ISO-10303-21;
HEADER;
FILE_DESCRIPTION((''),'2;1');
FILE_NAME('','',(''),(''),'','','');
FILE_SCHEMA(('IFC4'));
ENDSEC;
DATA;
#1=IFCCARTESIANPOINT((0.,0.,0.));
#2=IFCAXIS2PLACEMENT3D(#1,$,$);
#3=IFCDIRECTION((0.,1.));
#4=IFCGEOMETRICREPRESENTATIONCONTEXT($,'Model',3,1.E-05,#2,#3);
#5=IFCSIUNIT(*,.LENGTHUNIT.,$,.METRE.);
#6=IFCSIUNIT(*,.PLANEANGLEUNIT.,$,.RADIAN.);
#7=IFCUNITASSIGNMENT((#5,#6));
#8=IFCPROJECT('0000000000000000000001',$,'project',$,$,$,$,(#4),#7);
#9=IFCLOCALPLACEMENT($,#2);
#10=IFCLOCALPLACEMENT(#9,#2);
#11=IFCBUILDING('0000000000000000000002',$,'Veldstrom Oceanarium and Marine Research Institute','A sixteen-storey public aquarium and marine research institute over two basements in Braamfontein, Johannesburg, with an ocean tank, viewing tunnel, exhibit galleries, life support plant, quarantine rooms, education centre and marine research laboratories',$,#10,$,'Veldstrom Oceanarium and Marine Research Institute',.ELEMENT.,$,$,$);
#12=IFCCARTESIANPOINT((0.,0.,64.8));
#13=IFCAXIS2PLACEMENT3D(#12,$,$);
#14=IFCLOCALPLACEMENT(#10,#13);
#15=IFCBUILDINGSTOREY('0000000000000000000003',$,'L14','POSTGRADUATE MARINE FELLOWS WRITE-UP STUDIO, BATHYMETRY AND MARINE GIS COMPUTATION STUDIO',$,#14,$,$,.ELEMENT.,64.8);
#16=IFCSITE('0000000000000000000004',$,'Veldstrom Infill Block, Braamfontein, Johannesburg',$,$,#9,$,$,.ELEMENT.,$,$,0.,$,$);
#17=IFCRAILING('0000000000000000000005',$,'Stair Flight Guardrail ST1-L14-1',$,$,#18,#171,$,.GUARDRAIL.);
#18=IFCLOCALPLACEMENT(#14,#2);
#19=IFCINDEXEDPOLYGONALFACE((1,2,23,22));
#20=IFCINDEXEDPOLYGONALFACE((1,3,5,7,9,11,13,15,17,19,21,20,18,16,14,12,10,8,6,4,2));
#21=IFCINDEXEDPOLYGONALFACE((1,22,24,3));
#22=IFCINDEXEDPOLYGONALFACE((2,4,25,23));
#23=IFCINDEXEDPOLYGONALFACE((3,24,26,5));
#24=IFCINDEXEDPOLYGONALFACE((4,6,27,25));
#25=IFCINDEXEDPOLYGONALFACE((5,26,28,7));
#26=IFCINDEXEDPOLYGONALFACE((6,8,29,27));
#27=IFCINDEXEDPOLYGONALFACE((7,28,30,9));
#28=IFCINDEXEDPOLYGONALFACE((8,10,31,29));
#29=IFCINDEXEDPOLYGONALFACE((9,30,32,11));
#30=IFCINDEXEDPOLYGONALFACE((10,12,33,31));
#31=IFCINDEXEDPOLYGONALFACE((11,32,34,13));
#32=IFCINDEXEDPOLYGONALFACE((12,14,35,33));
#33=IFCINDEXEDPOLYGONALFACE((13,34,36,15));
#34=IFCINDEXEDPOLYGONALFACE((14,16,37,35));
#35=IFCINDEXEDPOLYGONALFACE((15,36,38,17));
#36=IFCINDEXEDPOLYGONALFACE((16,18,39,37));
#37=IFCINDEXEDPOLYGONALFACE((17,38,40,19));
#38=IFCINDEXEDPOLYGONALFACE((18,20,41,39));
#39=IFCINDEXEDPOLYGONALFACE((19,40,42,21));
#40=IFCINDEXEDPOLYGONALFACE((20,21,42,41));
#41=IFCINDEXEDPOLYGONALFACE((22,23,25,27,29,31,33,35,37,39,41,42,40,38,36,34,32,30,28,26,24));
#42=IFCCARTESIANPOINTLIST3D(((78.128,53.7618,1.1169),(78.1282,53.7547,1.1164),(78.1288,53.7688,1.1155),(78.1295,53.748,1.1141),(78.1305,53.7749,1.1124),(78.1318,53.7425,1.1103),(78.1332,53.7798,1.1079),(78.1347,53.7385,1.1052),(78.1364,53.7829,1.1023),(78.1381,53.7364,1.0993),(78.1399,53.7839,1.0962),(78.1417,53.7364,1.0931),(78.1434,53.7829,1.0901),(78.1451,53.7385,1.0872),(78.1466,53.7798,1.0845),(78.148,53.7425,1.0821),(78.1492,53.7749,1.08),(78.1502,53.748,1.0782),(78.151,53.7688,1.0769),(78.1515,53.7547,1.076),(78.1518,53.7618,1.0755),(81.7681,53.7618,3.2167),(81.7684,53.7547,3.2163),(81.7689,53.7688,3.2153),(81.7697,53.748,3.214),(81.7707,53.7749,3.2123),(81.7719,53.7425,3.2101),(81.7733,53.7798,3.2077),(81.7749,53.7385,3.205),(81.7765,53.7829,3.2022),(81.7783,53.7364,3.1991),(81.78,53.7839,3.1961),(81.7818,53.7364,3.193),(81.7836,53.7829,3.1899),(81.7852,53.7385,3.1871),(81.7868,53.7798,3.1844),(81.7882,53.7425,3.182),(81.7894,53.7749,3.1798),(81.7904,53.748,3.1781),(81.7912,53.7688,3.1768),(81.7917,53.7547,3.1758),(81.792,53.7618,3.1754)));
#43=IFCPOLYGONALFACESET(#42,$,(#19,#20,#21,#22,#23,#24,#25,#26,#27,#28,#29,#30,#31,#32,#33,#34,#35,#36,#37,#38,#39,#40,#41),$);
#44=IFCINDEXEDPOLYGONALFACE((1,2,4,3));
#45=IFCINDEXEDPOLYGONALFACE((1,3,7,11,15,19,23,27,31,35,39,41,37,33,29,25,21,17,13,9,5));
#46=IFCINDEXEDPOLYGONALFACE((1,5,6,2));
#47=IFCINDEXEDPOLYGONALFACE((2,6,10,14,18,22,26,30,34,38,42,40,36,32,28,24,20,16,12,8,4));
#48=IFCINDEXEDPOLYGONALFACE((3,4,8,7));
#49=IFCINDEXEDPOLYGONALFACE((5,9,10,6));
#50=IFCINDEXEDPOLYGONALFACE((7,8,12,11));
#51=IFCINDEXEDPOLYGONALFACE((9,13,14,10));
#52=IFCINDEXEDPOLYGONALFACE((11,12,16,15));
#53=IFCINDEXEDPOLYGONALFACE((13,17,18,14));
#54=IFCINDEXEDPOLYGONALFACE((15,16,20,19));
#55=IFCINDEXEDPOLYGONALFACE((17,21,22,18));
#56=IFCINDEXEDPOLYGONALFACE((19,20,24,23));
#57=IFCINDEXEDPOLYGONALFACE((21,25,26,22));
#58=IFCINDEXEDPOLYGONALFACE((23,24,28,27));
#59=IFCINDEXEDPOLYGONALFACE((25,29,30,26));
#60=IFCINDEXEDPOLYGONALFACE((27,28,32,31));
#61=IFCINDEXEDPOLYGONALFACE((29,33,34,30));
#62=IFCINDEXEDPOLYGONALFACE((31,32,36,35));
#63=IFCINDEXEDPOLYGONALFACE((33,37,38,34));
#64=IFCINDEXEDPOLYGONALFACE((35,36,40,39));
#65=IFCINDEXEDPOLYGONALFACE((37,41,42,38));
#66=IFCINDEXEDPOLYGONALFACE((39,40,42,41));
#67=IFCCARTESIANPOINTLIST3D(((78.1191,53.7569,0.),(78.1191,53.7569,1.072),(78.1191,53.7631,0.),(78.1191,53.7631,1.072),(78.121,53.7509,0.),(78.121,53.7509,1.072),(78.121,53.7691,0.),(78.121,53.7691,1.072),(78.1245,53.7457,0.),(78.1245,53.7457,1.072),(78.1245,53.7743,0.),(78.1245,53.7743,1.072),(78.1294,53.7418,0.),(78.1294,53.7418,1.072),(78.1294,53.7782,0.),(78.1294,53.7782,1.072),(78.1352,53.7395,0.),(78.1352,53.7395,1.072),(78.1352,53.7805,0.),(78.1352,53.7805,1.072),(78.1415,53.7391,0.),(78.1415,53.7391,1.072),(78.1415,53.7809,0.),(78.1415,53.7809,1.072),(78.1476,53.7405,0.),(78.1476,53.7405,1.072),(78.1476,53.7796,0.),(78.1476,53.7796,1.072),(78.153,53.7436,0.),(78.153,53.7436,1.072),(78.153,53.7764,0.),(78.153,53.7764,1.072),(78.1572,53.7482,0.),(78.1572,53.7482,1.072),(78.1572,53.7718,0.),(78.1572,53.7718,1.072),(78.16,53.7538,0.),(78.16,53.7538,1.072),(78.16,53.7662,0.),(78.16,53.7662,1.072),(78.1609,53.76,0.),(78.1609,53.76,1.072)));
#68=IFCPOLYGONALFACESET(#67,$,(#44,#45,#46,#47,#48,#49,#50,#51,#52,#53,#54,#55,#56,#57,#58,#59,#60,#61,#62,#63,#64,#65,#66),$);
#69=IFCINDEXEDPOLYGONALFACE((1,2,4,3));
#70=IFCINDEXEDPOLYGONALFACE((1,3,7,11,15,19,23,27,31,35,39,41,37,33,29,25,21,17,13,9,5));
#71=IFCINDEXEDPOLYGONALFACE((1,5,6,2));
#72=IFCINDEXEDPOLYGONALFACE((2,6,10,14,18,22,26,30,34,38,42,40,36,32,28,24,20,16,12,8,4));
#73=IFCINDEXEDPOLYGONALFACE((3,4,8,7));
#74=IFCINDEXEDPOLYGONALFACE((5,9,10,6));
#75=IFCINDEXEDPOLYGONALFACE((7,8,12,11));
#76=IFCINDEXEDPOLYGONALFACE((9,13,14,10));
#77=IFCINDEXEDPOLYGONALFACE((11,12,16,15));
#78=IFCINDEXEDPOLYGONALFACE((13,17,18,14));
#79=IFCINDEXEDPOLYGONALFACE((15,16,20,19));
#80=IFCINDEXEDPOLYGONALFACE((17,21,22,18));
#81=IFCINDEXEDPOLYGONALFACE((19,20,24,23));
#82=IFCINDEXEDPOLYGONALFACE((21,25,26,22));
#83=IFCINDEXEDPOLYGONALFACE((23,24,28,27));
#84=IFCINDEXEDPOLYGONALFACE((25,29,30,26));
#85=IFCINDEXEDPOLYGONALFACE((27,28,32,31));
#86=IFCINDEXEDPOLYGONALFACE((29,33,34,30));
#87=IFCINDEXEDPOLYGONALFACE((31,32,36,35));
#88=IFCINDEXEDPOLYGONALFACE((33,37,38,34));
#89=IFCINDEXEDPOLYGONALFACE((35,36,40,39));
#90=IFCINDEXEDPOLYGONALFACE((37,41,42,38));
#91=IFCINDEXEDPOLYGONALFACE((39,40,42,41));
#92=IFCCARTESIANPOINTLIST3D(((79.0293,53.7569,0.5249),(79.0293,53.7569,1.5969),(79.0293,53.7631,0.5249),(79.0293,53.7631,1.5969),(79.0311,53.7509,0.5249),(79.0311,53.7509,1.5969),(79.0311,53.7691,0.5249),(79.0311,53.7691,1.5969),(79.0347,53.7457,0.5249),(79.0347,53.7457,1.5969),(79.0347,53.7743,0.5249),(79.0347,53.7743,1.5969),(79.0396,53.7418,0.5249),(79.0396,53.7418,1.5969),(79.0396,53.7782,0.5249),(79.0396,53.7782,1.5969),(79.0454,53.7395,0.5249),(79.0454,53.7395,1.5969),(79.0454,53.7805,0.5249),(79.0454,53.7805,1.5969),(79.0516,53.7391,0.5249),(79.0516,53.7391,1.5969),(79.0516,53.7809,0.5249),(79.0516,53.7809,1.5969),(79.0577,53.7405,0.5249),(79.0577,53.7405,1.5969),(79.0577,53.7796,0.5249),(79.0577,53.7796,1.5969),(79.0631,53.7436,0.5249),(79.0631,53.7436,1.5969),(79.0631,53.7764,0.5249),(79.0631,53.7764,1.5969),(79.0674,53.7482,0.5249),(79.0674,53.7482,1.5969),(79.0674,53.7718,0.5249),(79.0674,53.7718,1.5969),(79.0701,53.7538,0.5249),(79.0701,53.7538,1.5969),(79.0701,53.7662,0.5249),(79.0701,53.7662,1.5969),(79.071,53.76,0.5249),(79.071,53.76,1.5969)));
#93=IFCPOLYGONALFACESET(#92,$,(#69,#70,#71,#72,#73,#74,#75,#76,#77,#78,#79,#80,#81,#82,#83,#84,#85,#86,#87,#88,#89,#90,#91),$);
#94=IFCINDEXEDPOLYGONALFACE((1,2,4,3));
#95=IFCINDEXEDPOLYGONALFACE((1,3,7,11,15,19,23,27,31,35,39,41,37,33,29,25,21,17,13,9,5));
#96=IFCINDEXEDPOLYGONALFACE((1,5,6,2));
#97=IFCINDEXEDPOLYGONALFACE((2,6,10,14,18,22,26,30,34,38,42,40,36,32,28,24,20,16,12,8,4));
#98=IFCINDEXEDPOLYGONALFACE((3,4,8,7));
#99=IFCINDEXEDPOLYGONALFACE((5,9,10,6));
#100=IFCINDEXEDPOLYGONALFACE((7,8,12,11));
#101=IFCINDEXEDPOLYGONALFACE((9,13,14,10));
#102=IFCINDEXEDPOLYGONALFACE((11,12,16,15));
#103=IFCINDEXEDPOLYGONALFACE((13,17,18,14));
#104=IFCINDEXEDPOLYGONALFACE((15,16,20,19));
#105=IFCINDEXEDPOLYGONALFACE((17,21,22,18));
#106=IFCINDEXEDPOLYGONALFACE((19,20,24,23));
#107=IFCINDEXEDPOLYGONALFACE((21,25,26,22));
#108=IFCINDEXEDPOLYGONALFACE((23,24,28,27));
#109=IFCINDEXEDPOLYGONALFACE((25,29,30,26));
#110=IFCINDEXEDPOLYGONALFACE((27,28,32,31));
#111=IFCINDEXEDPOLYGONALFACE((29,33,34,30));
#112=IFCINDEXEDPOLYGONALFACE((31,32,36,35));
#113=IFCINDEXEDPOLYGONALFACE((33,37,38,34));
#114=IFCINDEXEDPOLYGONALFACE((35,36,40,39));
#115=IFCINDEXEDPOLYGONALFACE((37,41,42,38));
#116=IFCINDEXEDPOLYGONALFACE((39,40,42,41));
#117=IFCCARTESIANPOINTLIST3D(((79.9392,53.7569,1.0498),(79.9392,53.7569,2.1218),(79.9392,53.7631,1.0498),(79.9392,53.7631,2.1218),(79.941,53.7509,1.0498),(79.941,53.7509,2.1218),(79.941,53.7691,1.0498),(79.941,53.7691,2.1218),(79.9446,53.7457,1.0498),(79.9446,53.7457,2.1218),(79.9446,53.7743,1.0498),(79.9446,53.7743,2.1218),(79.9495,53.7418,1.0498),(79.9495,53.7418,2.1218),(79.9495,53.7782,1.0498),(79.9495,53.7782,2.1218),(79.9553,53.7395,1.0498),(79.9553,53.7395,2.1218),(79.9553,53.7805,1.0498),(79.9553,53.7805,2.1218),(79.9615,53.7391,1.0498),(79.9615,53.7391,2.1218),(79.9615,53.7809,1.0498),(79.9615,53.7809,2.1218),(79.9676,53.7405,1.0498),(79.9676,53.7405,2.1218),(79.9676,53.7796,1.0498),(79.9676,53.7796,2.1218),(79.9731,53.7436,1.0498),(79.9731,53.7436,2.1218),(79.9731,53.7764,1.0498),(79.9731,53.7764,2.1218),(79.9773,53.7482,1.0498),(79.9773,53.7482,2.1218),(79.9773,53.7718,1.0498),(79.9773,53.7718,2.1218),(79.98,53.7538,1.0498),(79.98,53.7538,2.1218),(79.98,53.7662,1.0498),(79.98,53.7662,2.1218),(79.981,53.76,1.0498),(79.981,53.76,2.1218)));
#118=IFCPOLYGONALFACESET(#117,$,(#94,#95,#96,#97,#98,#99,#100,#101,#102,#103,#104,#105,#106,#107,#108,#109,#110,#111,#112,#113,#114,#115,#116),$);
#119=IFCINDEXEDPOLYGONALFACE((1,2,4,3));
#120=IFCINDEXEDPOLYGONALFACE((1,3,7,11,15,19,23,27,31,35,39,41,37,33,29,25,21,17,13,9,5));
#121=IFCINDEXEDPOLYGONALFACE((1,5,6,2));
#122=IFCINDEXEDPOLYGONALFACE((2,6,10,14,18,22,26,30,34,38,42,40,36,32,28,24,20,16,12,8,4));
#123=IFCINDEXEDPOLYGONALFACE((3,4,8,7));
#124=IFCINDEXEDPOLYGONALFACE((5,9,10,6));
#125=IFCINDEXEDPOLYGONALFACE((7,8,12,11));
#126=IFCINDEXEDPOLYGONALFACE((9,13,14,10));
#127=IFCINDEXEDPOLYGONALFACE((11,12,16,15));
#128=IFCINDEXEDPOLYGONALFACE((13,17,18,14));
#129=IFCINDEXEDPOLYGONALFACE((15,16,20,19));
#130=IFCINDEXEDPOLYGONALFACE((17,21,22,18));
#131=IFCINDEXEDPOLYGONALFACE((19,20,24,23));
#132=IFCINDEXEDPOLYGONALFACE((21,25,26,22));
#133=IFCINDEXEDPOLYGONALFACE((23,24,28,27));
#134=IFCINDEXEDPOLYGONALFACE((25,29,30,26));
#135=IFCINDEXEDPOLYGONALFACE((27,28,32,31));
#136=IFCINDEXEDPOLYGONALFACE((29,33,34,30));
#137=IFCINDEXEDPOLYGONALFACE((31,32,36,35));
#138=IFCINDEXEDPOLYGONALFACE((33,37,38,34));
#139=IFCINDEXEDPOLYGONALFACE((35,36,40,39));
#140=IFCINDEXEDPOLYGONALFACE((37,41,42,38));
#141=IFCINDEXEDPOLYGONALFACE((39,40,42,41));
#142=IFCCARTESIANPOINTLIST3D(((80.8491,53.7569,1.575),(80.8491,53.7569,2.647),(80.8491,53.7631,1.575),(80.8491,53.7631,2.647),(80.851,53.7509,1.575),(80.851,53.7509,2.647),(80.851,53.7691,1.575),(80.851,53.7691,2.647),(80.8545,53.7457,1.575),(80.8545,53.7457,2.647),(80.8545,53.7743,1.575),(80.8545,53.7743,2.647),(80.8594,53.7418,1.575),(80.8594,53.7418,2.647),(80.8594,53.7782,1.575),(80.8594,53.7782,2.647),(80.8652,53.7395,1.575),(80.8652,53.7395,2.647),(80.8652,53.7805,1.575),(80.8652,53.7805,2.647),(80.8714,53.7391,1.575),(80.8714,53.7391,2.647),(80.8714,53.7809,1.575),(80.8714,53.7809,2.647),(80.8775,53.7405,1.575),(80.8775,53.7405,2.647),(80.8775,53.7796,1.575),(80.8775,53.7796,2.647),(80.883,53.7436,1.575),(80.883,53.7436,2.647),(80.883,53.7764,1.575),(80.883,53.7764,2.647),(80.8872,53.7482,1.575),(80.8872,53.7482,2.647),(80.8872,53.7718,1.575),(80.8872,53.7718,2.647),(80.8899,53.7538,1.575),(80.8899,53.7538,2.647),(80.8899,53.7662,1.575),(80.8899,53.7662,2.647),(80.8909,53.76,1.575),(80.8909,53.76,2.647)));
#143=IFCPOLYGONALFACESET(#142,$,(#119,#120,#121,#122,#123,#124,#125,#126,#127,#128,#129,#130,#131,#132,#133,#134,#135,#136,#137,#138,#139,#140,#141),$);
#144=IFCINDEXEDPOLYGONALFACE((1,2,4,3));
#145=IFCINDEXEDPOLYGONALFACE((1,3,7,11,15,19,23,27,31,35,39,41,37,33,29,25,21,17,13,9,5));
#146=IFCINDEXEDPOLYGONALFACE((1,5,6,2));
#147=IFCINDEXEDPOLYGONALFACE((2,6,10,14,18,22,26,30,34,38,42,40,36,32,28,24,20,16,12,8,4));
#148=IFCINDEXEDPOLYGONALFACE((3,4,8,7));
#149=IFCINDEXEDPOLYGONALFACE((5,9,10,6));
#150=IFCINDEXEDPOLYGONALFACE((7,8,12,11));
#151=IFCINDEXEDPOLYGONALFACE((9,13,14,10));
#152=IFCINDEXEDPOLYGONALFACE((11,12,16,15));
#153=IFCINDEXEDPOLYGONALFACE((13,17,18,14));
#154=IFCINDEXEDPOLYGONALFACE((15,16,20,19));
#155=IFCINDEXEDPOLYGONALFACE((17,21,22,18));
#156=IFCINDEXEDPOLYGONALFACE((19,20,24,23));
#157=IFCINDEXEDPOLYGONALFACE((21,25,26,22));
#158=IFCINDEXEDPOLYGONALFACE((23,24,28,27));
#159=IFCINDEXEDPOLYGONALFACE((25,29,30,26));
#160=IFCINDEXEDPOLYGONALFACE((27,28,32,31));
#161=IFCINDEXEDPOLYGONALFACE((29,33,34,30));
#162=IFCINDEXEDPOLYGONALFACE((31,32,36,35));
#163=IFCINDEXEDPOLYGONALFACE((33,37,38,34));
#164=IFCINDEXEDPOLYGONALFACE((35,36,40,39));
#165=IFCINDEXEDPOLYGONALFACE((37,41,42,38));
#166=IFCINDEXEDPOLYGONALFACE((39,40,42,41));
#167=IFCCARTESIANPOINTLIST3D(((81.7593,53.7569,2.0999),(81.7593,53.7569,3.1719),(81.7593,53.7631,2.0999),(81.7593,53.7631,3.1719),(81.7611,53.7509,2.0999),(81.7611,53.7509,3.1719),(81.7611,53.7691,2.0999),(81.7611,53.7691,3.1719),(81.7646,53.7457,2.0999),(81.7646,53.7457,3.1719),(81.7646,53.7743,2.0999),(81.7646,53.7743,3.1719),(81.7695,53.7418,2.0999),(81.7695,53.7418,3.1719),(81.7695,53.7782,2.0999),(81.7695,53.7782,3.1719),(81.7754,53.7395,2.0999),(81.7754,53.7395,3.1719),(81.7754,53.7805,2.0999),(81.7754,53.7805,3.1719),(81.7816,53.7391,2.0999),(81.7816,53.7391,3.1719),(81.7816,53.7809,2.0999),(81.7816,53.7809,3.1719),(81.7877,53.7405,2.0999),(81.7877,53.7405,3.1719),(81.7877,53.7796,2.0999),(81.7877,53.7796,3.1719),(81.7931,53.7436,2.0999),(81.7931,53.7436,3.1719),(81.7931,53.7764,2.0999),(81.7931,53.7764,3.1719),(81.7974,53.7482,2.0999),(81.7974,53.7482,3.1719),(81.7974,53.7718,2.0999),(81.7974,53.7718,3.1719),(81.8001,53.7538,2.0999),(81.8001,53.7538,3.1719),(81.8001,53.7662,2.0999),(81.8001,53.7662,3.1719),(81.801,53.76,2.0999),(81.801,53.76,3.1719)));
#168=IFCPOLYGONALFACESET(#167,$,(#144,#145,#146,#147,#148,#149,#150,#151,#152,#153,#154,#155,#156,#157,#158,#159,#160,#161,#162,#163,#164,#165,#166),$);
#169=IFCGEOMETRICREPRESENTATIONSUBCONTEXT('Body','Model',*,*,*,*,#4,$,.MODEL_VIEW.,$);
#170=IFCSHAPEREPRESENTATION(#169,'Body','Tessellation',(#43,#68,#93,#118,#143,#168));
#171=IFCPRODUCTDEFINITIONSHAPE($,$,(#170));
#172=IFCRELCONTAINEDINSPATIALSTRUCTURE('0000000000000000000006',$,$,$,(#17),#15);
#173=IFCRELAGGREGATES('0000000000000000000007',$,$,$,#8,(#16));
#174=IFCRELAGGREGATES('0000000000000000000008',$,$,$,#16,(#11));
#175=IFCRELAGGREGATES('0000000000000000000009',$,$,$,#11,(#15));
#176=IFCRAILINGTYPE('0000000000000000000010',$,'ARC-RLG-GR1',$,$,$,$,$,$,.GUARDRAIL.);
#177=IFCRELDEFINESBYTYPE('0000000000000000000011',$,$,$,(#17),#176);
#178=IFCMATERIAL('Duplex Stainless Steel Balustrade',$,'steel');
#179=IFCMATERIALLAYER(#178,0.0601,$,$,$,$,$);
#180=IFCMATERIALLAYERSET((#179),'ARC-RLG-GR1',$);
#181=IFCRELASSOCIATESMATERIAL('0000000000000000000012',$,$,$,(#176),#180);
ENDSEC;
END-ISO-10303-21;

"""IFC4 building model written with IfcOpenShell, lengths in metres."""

from ifc_helpers import new_model, si_unit, direction, frame, origin, origin_2d, place, context, subcontext, project, spatial, circle, extrude, material, layer, layer_set, type_object, element, save


model = new_model("IFC4")

# Units and contexts
model_context = context("Model", 3, precision=1e-05, world=origin(), true_north=direction((0.0, 1.0)))
body_context = subcontext(model_context, "Body", "Model", "MODEL_VIEW")
ifc_project = project(units=[si_unit("LENGTHUNIT", "METRE"), si_unit("PLANEANGLEUNIT", "RADIAN")], contexts=[model_context])

# Site, building, storey
site_placement = place(None, origin())
site = spatial("IfcSite", under=ifc_project, at=site_placement, Name="Veldstrom Infill Block, Braamfontein, Johannesburg", CompositionType="ELEMENT", RefElevation=0.0)
building_placement = place(site_placement, origin())
building = spatial("IfcBuilding", under=site, at=building_placement, Name="Veldstrom Oceanarium and Marine Research Institute", Description="A sixteen-storey public aquarium and marine research institute over two basements in Braamfontein, Johannesburg, with an ocean tank, viewing tunnel, exhibit galleries, life support plant, quarantine rooms, education centre and marine research laboratories", LongName="Veldstrom Oceanarium and Marine Research Institute", CompositionType="ELEMENT")
storey_placement = place(building_placement, frame((0.0, 0.0, 64.8)))
storey = spatial("IfcBuildingStorey", under=building, at=storey_placement, Name="L14", Description="POSTGRADUATE MARINE FELLOWS WRITE-UP STUDIO, BATHYMETRY AND MARINE GIS COMPUTATION STUDIO", CompositionType="ELEMENT", Elevation=64.8)

# Railing
ifc_material_1 = material(Name="Duplex Stainless Steel Balustrade", Category="steel")
ifc_layer_1 = layer(ifc_material_1, 0.0601)
ifc_layer_set_1 = layer_set([ifc_layer_1], Name="ARC-RLG-GR1")
railing_type_1 = type_object("IfcRailingType", Name="ARC-RLG-GR1", PredefinedType="GUARDRAIL", material=ifc_layer_set_1)
railing_1_placement = place(storey_placement, frame((78.1399, 53.76, 0.0)))
element("IfcRailing", 1, at=railing_1_placement, inside=storey, type_object=railing_type_1, Name="Stair Flight Guardrail ST1-L14-1", PredefinedType="GUARDRAIL", context=body_context, shape_type="SweptSolid", body=[
    extrude(circle(Radius=0.0239, at=origin_2d()), frame((0.0, 0.0, 1.0962), z_axis=(0.866209, 0.0, 0.499682), x_axis=(0.0, 1.0, 0.0)), (0.0, 0.0, 1.0), 4.2024),
    extrude(circle(Radius=0.021, at=origin_2d()), origin(), (0.0, 0.0, 1.0), 1.072),
    extrude(circle(Radius=0.021, at=origin_2d()), frame((0.9102, 0.0, 0.5249)), (0.0, 0.0, 1.0), 1.072),
    extrude(circle(Radius=0.021, at=origin_2d()), frame((1.8201, 0.0, 1.0498)), (0.0, 0.0, 1.0), 1.072),
    extrude(circle(Radius=0.021, at=origin_2d()), frame((2.73, 0.0, 1.575)), (0.0, 0.0, 1.0), 1.072),
    extrude(circle(Radius=0.021, at=origin_2d()), frame((3.6401, 0.0, 2.0999)), (0.0, 0.0, 1.0), 1.072),
])

save(model, "model.ifc")
